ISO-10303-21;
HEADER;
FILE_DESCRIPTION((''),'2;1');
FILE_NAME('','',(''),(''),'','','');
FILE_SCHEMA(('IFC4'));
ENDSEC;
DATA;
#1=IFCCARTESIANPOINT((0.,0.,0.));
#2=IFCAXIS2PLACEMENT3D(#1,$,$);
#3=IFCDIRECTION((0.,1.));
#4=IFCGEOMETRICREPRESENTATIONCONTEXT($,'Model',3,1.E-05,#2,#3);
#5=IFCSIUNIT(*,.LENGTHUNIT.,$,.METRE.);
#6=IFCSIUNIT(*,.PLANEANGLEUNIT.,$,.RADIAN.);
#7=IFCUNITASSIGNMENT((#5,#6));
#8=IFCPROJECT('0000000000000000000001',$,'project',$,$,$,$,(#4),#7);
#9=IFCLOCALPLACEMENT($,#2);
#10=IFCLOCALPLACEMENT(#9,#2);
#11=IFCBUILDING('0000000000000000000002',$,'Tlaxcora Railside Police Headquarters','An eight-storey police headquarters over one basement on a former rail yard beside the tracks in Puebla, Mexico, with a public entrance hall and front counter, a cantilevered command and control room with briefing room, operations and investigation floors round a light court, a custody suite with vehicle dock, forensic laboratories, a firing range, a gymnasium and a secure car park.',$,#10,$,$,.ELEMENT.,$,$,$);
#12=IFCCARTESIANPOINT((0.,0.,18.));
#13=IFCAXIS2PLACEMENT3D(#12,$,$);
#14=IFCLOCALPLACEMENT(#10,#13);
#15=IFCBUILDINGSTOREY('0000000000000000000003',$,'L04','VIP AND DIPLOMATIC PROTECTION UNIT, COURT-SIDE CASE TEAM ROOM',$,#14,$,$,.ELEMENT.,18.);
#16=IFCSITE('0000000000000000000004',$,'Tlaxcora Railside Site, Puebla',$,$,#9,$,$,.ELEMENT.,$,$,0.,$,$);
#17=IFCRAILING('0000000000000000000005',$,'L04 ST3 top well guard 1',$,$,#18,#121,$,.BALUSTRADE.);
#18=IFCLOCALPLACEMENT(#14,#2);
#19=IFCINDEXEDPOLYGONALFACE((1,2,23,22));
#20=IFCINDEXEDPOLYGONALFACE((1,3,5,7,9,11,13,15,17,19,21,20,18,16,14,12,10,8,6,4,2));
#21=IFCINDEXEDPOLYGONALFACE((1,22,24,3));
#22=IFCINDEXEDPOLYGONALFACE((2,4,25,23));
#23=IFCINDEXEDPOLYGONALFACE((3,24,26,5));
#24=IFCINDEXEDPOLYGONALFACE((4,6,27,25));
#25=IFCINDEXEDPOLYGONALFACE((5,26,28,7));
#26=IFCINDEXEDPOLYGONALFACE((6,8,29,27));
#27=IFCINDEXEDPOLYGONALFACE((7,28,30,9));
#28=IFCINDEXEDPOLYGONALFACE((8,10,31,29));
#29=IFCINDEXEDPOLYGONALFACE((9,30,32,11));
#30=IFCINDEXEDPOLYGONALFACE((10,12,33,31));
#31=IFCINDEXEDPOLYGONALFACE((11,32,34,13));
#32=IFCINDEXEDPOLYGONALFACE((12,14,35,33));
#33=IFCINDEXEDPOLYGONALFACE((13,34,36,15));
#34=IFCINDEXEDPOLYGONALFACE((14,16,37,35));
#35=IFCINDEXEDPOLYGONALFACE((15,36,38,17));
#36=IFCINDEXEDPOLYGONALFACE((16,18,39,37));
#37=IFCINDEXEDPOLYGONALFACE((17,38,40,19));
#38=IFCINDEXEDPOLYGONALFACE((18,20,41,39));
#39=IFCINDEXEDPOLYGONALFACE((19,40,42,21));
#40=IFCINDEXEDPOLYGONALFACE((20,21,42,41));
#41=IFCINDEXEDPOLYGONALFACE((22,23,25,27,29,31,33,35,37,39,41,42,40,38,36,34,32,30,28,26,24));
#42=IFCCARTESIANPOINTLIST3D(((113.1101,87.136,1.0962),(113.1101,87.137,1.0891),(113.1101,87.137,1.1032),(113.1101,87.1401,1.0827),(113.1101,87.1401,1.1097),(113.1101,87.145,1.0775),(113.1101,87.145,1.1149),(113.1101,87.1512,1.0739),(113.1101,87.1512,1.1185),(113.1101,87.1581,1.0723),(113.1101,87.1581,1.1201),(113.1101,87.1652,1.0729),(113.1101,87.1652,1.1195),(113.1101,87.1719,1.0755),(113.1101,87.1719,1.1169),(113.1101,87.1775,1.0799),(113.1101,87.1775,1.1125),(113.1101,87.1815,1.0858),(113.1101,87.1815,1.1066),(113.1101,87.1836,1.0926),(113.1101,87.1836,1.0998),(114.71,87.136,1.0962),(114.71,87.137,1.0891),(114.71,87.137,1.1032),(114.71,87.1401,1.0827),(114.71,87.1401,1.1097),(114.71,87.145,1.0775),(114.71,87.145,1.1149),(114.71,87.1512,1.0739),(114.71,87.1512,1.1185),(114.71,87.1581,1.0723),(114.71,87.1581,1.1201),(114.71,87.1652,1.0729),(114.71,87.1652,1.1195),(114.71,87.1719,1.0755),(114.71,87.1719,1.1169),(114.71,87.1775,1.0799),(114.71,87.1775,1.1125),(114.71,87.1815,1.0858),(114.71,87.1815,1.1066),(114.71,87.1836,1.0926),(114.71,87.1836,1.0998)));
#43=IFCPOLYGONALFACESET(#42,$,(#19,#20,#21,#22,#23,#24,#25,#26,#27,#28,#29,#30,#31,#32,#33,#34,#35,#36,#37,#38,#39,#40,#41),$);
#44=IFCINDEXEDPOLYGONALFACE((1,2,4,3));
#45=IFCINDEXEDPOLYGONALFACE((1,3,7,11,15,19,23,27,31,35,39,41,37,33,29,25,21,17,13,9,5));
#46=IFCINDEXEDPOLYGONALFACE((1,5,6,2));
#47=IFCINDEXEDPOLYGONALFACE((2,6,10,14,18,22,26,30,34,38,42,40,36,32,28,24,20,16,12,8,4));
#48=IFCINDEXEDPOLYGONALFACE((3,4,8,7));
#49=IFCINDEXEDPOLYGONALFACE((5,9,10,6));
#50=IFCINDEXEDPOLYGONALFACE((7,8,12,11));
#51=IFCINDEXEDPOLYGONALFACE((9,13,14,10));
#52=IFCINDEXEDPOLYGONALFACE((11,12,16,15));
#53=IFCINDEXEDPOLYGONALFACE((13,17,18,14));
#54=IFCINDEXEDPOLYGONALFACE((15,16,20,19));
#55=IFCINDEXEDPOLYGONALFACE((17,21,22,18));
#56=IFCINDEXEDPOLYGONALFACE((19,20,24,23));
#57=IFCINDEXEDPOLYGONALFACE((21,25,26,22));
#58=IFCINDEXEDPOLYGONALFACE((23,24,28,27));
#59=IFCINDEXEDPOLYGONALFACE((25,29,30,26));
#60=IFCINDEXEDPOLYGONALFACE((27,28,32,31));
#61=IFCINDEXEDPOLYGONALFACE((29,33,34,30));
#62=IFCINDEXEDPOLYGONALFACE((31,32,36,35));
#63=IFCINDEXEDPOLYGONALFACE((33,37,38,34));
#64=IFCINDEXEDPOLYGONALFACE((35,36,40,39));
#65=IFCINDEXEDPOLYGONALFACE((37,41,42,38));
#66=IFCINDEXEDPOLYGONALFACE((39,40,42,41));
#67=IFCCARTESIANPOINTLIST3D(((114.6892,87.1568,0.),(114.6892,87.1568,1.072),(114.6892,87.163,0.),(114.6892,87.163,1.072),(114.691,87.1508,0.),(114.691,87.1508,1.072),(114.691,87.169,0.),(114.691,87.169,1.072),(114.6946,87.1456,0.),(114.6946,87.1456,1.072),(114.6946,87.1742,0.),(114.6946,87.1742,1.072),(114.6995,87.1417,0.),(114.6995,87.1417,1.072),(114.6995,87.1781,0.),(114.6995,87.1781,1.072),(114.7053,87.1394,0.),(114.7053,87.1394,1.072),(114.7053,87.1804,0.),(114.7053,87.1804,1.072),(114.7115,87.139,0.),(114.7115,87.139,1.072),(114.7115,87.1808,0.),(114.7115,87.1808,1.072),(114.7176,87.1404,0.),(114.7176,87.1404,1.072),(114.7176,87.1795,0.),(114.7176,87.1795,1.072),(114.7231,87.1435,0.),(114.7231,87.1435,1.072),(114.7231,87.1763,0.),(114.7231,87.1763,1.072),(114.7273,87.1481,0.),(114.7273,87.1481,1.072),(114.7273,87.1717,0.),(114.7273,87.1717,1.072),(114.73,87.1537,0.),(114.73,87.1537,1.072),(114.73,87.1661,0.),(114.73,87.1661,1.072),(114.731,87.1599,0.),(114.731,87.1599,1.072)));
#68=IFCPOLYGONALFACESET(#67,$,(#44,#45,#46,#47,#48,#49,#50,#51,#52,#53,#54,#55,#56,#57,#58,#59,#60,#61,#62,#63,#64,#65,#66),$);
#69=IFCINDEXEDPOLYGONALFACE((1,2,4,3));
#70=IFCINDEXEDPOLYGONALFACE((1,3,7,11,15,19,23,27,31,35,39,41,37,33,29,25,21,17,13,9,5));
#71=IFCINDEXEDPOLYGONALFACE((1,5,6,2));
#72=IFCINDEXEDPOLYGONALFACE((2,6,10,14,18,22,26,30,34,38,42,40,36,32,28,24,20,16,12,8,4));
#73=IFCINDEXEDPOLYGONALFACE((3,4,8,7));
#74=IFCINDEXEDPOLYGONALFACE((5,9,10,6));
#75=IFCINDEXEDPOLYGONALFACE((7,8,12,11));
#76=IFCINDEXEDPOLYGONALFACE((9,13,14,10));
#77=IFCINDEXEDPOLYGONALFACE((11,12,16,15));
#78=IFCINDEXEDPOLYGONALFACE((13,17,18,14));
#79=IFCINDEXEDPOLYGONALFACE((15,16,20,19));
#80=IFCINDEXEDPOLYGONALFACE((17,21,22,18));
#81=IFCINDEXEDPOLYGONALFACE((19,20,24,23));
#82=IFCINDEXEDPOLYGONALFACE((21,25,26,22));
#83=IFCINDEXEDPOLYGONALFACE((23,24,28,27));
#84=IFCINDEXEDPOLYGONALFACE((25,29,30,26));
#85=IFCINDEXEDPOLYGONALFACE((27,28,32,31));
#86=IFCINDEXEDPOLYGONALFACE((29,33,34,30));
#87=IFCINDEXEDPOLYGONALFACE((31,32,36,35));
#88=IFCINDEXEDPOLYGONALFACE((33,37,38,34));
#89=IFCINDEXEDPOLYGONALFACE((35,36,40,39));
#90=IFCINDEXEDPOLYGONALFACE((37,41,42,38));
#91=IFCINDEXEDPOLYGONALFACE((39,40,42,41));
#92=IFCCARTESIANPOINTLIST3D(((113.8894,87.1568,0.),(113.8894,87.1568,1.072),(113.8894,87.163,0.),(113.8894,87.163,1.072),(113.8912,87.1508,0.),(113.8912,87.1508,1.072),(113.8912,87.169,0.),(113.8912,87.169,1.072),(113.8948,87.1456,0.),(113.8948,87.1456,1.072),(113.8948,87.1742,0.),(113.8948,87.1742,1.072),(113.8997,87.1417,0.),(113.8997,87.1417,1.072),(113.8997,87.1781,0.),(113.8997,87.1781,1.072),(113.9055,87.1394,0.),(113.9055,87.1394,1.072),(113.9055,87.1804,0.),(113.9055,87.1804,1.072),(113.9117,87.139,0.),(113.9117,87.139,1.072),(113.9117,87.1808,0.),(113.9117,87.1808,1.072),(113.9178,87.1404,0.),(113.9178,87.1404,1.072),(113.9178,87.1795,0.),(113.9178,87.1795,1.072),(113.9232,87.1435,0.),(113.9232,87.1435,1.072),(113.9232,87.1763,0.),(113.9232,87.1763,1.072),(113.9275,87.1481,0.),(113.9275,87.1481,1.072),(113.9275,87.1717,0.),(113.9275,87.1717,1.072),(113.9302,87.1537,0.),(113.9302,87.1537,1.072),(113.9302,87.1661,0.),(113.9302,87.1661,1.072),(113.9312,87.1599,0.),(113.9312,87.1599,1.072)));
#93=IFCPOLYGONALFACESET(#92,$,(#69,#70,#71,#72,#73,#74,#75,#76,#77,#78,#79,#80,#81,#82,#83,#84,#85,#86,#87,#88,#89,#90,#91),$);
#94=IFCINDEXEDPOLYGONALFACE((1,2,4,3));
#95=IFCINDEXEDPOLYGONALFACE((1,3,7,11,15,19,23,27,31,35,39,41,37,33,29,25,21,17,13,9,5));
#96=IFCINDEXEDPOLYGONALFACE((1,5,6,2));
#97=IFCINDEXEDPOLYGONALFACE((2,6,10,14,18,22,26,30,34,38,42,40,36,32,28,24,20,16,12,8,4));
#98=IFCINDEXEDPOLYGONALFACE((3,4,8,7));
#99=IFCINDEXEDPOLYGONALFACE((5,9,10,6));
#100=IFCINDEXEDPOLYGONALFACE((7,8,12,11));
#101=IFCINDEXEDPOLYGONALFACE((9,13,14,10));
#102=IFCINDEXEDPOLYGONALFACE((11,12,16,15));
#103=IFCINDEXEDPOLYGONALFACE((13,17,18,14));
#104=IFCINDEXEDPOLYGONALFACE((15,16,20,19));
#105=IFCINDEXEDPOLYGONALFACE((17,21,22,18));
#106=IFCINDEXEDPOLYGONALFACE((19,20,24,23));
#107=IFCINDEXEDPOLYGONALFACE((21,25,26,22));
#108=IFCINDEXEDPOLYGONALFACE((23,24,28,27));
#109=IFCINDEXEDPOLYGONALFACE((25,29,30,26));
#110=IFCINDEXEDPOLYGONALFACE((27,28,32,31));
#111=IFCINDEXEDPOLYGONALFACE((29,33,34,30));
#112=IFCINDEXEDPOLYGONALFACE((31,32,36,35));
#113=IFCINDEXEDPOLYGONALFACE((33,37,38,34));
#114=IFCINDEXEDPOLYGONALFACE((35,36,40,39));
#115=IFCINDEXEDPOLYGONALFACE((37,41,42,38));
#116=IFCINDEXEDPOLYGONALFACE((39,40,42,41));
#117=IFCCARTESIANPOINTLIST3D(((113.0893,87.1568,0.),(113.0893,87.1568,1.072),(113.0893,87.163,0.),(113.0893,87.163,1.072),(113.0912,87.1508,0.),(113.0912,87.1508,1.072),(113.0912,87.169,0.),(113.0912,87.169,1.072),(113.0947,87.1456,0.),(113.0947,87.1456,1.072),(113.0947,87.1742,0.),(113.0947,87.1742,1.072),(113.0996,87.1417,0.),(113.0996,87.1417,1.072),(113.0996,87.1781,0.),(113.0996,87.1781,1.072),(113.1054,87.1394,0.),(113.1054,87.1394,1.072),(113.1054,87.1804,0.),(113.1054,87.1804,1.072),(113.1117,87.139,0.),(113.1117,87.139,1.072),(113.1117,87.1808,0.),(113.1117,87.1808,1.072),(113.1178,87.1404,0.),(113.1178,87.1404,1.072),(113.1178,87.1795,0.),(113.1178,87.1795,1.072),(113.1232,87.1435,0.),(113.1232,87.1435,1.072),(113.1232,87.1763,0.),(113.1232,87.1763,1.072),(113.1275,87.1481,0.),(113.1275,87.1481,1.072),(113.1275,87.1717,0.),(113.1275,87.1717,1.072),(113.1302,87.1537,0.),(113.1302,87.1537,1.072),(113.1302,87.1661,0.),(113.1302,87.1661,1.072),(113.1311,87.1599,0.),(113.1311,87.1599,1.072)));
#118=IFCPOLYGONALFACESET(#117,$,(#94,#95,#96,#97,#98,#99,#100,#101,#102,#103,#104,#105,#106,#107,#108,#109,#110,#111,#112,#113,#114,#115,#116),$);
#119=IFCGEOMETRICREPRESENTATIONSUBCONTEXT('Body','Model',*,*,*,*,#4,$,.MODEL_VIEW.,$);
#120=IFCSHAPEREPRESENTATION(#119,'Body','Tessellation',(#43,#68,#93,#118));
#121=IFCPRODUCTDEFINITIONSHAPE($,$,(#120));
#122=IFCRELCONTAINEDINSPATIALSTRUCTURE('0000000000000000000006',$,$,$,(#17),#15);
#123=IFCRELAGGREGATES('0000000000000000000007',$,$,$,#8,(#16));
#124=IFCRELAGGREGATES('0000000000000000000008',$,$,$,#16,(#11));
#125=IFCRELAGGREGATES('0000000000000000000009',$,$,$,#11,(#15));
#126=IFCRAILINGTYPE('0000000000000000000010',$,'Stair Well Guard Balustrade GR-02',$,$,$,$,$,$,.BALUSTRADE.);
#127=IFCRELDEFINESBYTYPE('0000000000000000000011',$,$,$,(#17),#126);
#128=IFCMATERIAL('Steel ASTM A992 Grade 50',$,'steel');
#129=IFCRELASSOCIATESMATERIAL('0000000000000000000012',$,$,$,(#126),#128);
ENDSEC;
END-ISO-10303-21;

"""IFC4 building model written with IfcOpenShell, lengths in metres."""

from ifc_helpers import new_model, si_unit, direction, frame, origin, origin_2d, place, context, subcontext, project, spatial, circle, extrude, material, type_object, element, save


model = new_model("IFC4")

# Units and contexts
model_context = context("Model", 3, precision=1e-05, world=origin(), true_north=direction((0.0, 1.0)))
body_context = subcontext(model_context, "Body", "Model", "MODEL_VIEW")
ifc_project = project(units=[si_unit("LENGTHUNIT", "METRE"), si_unit("PLANEANGLEUNIT", "RADIAN")], contexts=[model_context])

# Site, building, storey
site_placement = place(None, origin())
site = spatial("IfcSite", under=ifc_project, at=site_placement, Name="Tlaxcora Railside Site, Puebla", CompositionType="ELEMENT", RefElevation=0.0)
building_placement = place(site_placement, origin())
building = spatial("IfcBuilding", under=site, at=building_placement, Name="Tlaxcora Railside Police Headquarters", Description="An eight-storey police headquarters over one basement on a former rail yard beside the tracks in Puebla, Mexico, with a public entrance hall and front counter, a cantilevered command and control room with briefing room, operations and investigation floors round a light court, a custody suite with vehicle dock, forensic laboratories, a firing range, a gymnasium and a secure car park.", CompositionType="ELEMENT")
storey_placement = place(building_placement, frame((0.0, 0.0, 18.0)))
storey = spatial("IfcBuildingStorey", under=building, at=storey_placement, Name="L04", Description="VIP AND DIPLOMATIC PROTECTION UNIT, COURT-SIDE CASE TEAM ROOM", CompositionType="ELEMENT", Elevation=18.0)

# Shared definitions
ifc_material_1 = material(Name="Steel ASTM A992 Grade 50", Category="steel")

# Railing
railing_type = type_object("IfcRailingType", Name="Stair Well Guard Balustrade GR-02", PredefinedType="BALUSTRADE", material=ifc_material_1)
railing_placement = place(storey_placement, frame((114.71, 87.1599, 0.0)))
element("IfcRailing", 1, at=railing_placement, inside=storey, type_object=railing_type, Name="L04 ST3 top well guard 1", PredefinedType="BALUSTRADE", context=body_context, shape_type="SweptSolid", body=[
    extrude(circle(Radius=0.0239, at=origin_2d()), frame((0.0, 0.0, 1.0962), z_axis=(-1.0, 0.0, 0.0), x_axis=(0.0, -1.0, 0.0)), (0.0, 0.0, 1.0), 1.5999),
    extrude(circle(Radius=0.021, at=origin_2d()), origin(), (0.0, 0.0, 1.0), 1.072),
    extrude(circle(Radius=0.021, at=origin_2d()), frame((-0.7998, 0.0, 0.0)), (0.0, 0.0, 1.0), 1.072),
    extrude(circle(Radius=0.021, at=origin_2d()), frame((-1.5999, 0.0, 0.0)), (0.0, 0.0, 1.0), 1.072),
])

save(model, "model.ifc")
